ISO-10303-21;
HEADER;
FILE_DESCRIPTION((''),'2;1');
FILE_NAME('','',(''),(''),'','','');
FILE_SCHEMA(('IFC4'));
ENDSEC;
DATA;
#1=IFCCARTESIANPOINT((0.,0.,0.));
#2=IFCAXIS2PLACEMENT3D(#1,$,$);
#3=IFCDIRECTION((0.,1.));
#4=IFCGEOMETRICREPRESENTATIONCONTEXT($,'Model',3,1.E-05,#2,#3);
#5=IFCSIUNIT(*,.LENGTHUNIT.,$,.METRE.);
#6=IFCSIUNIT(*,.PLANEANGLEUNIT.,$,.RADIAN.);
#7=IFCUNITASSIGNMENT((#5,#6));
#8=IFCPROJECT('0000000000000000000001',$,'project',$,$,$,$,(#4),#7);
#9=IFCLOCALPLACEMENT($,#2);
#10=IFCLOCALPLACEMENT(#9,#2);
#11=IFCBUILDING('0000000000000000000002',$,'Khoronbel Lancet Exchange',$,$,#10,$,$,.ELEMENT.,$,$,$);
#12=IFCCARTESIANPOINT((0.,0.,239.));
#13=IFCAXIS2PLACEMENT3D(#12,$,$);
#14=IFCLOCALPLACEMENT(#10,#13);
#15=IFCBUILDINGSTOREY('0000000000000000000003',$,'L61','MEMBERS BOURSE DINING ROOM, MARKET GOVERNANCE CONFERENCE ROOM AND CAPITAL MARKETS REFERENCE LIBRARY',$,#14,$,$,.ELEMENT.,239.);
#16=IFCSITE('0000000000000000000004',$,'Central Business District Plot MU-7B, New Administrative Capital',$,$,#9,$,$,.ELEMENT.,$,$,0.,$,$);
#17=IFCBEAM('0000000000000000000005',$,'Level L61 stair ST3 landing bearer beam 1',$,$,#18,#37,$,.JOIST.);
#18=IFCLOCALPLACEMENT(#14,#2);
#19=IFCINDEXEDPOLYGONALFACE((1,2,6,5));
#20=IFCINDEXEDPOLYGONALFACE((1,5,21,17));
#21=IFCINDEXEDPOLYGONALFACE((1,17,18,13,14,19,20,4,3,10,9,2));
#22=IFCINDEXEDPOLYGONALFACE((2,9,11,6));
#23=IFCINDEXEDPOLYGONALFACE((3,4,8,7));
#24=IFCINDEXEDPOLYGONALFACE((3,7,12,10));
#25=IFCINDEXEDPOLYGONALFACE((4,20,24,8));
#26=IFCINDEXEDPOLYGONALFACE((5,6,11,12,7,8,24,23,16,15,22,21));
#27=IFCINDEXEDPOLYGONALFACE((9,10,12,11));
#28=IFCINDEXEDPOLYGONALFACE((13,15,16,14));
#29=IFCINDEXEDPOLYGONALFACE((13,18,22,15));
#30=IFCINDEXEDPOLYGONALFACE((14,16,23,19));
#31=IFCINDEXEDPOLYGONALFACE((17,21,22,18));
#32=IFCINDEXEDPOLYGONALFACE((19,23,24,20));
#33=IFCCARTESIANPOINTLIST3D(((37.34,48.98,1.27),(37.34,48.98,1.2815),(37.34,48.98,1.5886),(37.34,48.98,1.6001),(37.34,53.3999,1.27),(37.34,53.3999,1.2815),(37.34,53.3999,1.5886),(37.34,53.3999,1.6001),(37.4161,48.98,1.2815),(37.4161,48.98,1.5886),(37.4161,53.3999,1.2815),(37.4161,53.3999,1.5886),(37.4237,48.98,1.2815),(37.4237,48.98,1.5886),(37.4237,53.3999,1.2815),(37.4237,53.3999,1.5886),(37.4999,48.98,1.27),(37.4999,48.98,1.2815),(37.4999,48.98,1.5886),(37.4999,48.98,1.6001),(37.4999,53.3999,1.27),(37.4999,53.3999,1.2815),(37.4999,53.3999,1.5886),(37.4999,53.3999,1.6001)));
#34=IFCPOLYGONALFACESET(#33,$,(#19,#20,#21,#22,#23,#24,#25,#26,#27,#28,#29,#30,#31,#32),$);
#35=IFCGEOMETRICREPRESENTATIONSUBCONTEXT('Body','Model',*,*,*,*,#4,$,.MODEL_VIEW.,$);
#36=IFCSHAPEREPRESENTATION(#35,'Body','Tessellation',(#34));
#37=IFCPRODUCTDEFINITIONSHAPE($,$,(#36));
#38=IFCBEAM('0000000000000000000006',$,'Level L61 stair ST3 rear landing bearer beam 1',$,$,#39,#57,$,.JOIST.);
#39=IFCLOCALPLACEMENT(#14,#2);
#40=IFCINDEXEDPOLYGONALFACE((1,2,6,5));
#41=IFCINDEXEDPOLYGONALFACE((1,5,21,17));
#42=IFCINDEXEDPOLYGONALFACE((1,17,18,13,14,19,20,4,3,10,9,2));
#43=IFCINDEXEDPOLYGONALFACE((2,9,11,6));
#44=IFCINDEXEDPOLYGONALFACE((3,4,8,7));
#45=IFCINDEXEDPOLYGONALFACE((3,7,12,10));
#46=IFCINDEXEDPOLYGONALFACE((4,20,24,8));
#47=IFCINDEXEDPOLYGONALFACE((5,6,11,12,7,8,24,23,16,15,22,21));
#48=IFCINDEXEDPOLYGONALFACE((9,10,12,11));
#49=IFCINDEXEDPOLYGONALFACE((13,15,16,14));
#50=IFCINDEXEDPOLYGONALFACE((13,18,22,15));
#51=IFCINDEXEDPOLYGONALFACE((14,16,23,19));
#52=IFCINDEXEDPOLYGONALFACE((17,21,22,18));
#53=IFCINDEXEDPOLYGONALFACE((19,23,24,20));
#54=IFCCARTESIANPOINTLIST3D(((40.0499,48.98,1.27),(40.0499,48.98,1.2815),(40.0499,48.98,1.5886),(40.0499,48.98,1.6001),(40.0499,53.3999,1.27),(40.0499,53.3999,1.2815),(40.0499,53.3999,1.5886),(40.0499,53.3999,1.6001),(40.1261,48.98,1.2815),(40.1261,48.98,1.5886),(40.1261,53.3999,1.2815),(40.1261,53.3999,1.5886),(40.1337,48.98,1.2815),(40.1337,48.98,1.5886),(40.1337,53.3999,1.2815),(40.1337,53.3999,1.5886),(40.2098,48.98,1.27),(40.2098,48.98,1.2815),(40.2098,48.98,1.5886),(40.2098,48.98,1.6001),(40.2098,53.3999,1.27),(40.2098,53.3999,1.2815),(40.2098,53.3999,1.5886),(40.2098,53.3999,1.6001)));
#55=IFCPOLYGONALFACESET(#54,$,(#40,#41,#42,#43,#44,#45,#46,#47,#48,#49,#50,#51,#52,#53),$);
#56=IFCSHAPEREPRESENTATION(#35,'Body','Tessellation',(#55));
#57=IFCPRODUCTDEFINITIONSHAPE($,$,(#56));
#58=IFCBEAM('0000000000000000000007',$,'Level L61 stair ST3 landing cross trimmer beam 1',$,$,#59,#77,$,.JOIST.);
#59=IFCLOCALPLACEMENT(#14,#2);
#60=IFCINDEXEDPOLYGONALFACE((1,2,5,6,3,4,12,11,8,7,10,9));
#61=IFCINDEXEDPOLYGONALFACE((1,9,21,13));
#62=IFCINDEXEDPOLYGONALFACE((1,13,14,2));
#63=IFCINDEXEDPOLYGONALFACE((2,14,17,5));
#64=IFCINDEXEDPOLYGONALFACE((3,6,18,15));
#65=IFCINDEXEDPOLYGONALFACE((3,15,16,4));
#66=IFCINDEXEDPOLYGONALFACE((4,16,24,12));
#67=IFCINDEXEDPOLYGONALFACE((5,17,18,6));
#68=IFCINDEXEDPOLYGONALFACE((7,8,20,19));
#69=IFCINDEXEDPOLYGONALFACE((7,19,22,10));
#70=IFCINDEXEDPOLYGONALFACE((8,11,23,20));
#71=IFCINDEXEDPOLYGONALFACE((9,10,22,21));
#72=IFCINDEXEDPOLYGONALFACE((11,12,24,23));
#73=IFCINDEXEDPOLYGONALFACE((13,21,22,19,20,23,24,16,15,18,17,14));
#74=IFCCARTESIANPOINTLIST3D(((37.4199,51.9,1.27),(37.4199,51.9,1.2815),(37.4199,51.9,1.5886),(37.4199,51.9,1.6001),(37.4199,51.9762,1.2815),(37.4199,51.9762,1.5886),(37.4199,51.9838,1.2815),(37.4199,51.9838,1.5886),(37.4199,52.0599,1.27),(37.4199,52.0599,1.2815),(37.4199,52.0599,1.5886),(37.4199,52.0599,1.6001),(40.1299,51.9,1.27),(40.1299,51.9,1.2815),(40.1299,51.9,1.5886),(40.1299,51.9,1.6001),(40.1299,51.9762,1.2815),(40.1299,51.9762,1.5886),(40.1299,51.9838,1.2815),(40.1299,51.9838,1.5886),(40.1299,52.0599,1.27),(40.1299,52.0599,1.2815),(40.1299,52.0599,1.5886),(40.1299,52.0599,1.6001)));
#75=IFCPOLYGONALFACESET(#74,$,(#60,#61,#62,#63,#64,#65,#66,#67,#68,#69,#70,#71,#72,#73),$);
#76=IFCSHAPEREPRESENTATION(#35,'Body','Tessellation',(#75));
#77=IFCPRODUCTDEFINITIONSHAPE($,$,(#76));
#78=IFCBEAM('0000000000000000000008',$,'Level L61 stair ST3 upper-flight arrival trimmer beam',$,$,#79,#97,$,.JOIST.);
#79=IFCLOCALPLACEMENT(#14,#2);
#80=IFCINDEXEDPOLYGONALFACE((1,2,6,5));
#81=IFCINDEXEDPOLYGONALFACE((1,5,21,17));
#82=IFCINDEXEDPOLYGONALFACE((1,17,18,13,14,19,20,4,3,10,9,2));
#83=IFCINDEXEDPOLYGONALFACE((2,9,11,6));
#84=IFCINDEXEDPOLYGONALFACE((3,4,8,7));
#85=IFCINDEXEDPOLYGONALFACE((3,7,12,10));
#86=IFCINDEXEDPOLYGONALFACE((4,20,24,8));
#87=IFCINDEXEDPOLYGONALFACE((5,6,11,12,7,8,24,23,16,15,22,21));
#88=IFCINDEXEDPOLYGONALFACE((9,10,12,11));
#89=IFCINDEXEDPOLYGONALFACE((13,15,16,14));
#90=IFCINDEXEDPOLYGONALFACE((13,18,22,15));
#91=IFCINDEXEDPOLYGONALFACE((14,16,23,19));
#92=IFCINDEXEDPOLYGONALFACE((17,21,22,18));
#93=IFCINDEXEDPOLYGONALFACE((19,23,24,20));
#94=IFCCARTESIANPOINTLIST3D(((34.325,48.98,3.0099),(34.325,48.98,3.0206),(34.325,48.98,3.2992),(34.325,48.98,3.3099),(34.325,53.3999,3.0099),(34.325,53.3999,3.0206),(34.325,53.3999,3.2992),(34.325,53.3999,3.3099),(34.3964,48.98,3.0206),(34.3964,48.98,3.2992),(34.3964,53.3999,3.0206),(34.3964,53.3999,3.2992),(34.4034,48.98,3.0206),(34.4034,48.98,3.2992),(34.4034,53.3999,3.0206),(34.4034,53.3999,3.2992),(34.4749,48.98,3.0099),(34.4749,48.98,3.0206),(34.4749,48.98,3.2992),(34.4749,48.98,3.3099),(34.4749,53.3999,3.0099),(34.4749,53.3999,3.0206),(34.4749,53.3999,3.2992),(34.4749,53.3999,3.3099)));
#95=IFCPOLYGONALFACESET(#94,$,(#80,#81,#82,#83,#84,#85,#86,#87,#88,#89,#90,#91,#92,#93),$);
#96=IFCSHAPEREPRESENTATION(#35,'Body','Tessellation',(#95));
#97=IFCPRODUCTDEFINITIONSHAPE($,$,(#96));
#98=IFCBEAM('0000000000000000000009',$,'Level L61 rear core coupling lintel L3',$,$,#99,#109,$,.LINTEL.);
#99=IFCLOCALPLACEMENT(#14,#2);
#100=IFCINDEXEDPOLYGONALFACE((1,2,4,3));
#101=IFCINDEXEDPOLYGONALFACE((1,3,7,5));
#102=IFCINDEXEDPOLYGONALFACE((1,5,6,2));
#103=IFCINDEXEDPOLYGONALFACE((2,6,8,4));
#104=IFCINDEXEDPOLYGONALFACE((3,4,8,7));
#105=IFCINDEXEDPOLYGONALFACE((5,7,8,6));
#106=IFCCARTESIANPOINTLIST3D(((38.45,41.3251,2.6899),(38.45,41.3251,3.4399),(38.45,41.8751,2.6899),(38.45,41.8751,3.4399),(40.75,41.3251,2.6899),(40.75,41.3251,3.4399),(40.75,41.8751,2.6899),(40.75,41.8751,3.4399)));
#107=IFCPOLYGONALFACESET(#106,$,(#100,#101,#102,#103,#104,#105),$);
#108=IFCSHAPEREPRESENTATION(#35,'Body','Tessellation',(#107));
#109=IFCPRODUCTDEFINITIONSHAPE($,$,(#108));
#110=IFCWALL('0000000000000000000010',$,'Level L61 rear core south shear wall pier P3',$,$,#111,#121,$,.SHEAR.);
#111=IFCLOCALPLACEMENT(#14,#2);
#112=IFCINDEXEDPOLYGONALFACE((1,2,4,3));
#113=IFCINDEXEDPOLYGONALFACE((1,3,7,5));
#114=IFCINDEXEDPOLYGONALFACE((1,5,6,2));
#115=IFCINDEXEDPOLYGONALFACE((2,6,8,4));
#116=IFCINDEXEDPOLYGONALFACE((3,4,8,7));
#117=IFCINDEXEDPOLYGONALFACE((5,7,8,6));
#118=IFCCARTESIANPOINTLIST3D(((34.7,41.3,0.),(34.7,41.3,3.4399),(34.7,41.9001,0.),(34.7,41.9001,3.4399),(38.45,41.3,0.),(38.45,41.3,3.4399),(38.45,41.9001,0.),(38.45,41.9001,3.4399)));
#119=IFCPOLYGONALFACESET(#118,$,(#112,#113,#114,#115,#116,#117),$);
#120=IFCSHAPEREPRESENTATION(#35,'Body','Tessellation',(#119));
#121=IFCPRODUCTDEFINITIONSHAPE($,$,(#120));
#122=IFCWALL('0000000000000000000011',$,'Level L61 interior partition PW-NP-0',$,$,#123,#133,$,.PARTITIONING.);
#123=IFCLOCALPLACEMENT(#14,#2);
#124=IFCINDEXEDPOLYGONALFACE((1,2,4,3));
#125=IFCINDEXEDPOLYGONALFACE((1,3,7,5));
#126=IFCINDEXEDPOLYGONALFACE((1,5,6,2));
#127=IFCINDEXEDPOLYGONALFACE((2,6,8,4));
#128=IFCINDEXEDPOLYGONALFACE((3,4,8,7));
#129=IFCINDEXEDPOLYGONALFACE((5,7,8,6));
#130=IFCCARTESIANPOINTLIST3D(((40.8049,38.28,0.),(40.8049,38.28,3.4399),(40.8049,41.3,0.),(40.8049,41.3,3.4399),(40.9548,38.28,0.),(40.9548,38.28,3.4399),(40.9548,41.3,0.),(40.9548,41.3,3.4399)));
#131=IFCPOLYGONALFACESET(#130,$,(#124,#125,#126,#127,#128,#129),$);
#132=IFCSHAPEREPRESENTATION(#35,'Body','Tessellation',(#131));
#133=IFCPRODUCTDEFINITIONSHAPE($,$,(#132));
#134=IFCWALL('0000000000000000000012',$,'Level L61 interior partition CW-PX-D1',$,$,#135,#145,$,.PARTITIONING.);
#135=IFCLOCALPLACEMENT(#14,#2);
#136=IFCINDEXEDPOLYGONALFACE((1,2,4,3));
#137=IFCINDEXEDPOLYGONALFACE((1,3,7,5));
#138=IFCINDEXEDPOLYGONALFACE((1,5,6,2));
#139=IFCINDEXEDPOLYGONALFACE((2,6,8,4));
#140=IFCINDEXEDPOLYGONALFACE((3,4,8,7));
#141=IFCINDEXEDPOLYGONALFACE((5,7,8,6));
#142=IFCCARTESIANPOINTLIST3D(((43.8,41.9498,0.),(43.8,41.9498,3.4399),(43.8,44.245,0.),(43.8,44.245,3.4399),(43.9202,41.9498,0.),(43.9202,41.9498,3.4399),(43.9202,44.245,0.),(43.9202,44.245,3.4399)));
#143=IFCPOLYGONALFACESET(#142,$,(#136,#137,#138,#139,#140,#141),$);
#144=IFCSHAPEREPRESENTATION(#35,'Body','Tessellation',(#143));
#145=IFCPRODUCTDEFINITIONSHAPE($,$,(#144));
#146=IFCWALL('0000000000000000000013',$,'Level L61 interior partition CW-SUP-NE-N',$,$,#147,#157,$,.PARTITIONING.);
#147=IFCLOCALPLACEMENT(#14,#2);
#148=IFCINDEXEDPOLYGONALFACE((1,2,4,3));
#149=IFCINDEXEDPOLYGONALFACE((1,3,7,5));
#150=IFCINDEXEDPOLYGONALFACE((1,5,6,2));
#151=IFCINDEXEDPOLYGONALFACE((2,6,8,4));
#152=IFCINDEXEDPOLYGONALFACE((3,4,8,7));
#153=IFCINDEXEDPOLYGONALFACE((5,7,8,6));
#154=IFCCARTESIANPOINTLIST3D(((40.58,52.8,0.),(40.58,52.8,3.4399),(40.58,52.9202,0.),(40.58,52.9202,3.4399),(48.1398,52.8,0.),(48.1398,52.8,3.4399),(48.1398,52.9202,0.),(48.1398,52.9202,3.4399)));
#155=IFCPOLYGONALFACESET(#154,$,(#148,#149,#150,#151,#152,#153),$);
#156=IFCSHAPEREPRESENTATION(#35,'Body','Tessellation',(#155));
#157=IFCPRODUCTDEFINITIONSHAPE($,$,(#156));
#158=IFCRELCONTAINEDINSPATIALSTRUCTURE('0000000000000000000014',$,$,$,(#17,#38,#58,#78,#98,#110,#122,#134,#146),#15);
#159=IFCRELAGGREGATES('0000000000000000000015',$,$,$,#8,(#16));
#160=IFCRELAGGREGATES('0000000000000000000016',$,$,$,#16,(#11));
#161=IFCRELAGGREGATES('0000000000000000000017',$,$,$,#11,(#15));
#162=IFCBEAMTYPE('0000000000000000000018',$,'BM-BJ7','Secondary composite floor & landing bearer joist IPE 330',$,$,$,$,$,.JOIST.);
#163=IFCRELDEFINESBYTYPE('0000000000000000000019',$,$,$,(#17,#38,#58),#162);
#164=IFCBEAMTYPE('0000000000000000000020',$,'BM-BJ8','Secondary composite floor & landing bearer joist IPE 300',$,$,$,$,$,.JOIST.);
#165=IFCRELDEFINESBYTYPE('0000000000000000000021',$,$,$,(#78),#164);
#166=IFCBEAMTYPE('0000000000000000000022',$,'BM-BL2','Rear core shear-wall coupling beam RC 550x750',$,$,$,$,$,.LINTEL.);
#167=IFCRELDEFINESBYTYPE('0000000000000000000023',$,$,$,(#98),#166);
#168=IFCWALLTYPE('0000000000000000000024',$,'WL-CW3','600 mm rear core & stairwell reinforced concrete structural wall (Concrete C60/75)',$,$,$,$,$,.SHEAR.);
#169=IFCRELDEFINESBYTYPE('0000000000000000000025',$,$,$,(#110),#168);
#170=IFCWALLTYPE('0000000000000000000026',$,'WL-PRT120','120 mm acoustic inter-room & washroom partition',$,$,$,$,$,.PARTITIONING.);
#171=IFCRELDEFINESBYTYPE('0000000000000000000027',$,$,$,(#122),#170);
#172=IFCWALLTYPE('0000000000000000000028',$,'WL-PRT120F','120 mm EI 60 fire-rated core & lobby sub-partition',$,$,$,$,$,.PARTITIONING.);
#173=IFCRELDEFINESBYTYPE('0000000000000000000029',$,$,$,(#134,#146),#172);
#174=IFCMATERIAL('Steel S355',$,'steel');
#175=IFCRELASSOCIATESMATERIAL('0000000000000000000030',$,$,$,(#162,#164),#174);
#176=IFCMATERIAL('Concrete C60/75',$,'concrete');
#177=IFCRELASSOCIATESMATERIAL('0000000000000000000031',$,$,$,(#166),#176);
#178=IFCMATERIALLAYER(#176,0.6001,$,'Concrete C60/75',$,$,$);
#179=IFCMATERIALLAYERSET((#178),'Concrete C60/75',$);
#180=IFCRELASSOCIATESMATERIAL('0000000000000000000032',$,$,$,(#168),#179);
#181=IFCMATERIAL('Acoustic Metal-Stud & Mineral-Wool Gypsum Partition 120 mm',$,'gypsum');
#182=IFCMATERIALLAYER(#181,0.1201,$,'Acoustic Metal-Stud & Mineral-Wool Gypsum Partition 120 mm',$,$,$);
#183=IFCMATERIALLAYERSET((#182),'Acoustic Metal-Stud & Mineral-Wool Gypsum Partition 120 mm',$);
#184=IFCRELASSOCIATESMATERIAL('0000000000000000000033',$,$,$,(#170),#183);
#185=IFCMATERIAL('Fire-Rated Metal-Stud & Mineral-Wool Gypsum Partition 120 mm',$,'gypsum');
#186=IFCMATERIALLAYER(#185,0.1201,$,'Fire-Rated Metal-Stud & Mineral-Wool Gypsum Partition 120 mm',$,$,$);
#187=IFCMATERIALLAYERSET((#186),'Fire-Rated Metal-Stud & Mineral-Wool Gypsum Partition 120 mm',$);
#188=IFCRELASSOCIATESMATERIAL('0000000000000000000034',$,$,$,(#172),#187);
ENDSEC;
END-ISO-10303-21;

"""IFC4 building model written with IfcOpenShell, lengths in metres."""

from ifc_helpers import new_model, si_unit, direction, frame, frame_2d, origin, origin_2d, place, context, subcontext, project, spatial, rectangle, i_section, extrude, material, layer, layer_set, material_profile, profile_set, type_object, element, save


model = new_model("IFC4")

# Units and contexts
model_context = context("Model", 3, precision=1e-05, world=origin(), true_north=direction((0.0, 1.0)))
body_context = subcontext(model_context, "Body", "Model", "MODEL_VIEW")
ifc_project = project(units=[si_unit("LENGTHUNIT", "METRE"), si_unit("PLANEANGLEUNIT", "RADIAN")], contexts=[model_context])

# Site, building, storey
site_placement = place(None, origin())
site = spatial("IfcSite", under=ifc_project, at=site_placement, Name="Central Business District Plot MU-7B, New Administrative Capital", CompositionType="ELEMENT", RefElevation=0.0)
building_placement = place(site_placement, origin())
building = spatial("IfcBuilding", under=site, at=building_placement, Name="Khoronbel Lancet Exchange", CompositionType="ELEMENT")
storey_placement = place(building_placement, frame((0.0, 0.0, 239.0)))
storey = spatial("IfcBuildingStorey", under=building, at=storey_placement, Name="L61", Description="MEMBERS BOURSE DINING ROOM, MARKET GOVERNANCE CONFERENCE ROOM AND CAPITAL MARKETS REFERENCE LIBRARY", CompositionType="ELEMENT", Elevation=239.0)

# Beams
ifc_material_1 = material(Name="Steel S355", Category="steel")
ifc_material_profile_1 = material_profile(ifc_material_1, i_section(OverallWidth=0.1599, OverallDepth=0.3301, WebThickness=0.0076, FlangeThickness=0.0115, at=origin_2d()), Name="IPE 330")
ifc_profile_set_1 = profile_set([ifc_material_profile_1], Name="Steel S355")
beam_type_1 = type_object("IfcBeamType", Name="BM-BJ7", Description="Secondary composite floor & landing bearer joist IPE 330", PredefinedType="JOIST", material=ifc_profile_set_1)
for number, where, z_axis, x_axis, name in (
    (1, (37.4199, 48.98, 1.4351), (0.0, 1.0, 0.0), (-1.0, 0.0, 0.0), "Level L61 stair ST3 landing bearer beam 1"),
    (2, (40.1299, 48.98, 1.4351), (0.0, 1.0, 0.0), (-1.0, 0.0, 0.0), "Level L61 stair ST3 rear landing bearer beam 1"),
):
    element("IfcBeam", number, at=place(storey_placement, frame(where, z_axis=z_axis, x_axis=x_axis)), inside=storey, type_object=beam_type_1, Name=name, PredefinedType="JOIST", context=body_context, shape_type="SweptSolid", body=[
        extrude(i_section(OverallWidth=0.1599, OverallDepth=0.3301, WebThickness=0.0076, FlangeThickness=0.0115, at=origin_2d()), origin(), (0.0, 0.0, 1.0), 4.4199),
    ])
beam_1_placement = place(storey_placement, frame((37.4199, 51.98, 1.4351), z_axis=(1.0, 0.0, 0.0), x_axis=(0.0, 1.0, 0.0)))
element("IfcBeam", 3, at=beam_1_placement, inside=storey, type_object=beam_type_1, Name="Level L61 stair ST3 landing cross trimmer beam 1", PredefinedType="JOIST", context=body_context, shape_type="SweptSolid", body=[
    extrude(i_section(OverallWidth=0.1599, OverallDepth=0.3301, WebThickness=0.0076, FlangeThickness=0.0115, at=origin_2d()), origin(), (0.0, 0.0, 1.0), 2.71),
])
ifc_material_profile_2 = material_profile(ifc_material_1, i_section(OverallWidth=0.1499, OverallDepth=0.3, WebThickness=0.0071, FlangeThickness=0.0107, at=origin_2d()), Name="IPE 300")
ifc_profile_set_2 = profile_set([ifc_material_profile_2], Name="Steel S355")
beam_type_2 = type_object("IfcBeamType", Name="BM-BJ8", Description="Secondary composite floor & landing bearer joist IPE 300", PredefinedType="JOIST", material=ifc_profile_set_2)
beam_2_placement = place(storey_placement, frame((34.3999, 48.98, 3.1599), z_axis=(0.0, 1.0, 0.0), x_axis=(-1.0, 0.0, 0.0)))
element("IfcBeam", 4, at=beam_2_placement, inside=storey, type_object=beam_type_2, Name="Level L61 stair ST3 upper-flight arrival trimmer beam", PredefinedType="JOIST", context=body_context, shape_type="SweptSolid", body=[
    extrude(i_section(OverallWidth=0.1499, OverallDepth=0.3, WebThickness=0.0071, FlangeThickness=0.0107, at=origin_2d()), origin(), (0.0, 0.0, 1.0), 4.4199),
])
ifc_material_2 = material(Name="Concrete C60/75", Category="concrete")
ifc_material_profile_3 = material_profile(ifc_material_2, rectangle(XDim=0.55, YDim=0.75, at=origin_2d()), Name="RC 550x750")
ifc_profile_set_3 = profile_set([ifc_material_profile_3], Name="Concrete C60/75")
beam_type_3 = type_object("IfcBeamType", Name="BM-BL2", Description="Rear core shear-wall coupling beam RC 550x750", PredefinedType="LINTEL", material=ifc_profile_set_3)
beam_3_placement = place(storey_placement, frame((38.45, 41.6001, 3.0649), z_axis=(1.0, 0.0, 0.0), x_axis=(0.0, 1.0, 0.0)))
element("IfcBeam", 5, at=beam_3_placement, inside=storey, type_object=beam_type_3, Name="Level L61 rear core coupling lintel L3", PredefinedType="LINTEL", context=body_context, shape_type="SweptSolid", body=[
    extrude(rectangle(XDim=0.55, YDim=0.75, at=origin_2d()), origin(), (0.0, 0.0, 1.0), 2.3),
])

# Walls
ifc_layer_1 = layer(ifc_material_2, 0.6001, Name="Concrete C60/75")
ifc_layer_set_1 = layer_set([ifc_layer_1], Name="Concrete C60/75")
wall_type_1 = type_object("IfcWallType", Name="WL-CW3", Description="600 mm rear core & stairwell reinforced concrete structural wall (Concrete C60/75)", PredefinedType="SHEAR", material=ifc_layer_set_1)
wall_1_placement = place(storey_placement, frame((38.45, 41.6001, 0.0), z_axis=(0.0, 0.0, 1.0), x_axis=(-1.0, 0.0, 0.0)))
element("IfcWall", 6, at=wall_1_placement, inside=storey, type_object=wall_type_1, Name="Level L61 rear core south shear wall pier P3", PredefinedType="SHEAR", context=body_context, shape_type="SweptSolid", body=[
    extrude(rectangle(XDim=3.75, YDim=0.6001, at=frame_2d((1.875, 0.0))), origin(), (0.0, 0.0, 1.0), 3.4399),
])
ifc_material_3 = material(Name="Acoustic Metal-Stud & Mineral-Wool Gypsum Partition 120 mm", Category="gypsum")
ifc_layer_2 = layer(ifc_material_3, 0.1201, Name="Acoustic Metal-Stud & Mineral-Wool Gypsum Partition 120 mm")
ifc_layer_set_2 = layer_set([ifc_layer_2], Name="Acoustic Metal-Stud & Mineral-Wool Gypsum Partition 120 mm")
wall_type_2 = type_object("IfcWallType", Name="WL-PRT120", Description="120 mm acoustic inter-room & washroom partition", PredefinedType="PARTITIONING", material=ifc_layer_set_2)
wall_2_placement = place(storey_placement, frame((40.8799, 38.28, 0.0), z_axis=(0.0, 0.0, 1.0), x_axis=(0.0, 1.0, 0.0)))
element("IfcWall", 7, at=wall_2_placement, inside=storey, type_object=wall_type_2, Name="Level L61 interior partition PW-NP-0", PredefinedType="PARTITIONING", context=body_context, shape_type="SweptSolid", body=[
    extrude(rectangle(XDim=3.02, YDim=0.1499, at=frame_2d((1.51, 0.0))), origin(), (0.0, 0.0, 1.0), 3.4399),
])
ifc_material_4 = material(Name="Fire-Rated Metal-Stud & Mineral-Wool Gypsum Partition 120 mm", Category="gypsum")
ifc_layer_3 = layer(ifc_material_4, 0.1201, Name="Fire-Rated Metal-Stud & Mineral-Wool Gypsum Partition 120 mm")
ifc_layer_set_3 = layer_set([ifc_layer_3], Name="Fire-Rated Metal-Stud & Mineral-Wool Gypsum Partition 120 mm")
wall_type_3 = type_object("IfcWallType", Name="WL-PRT120F", Description="120 mm EI 60 fire-rated core & lobby sub-partition", PredefinedType="PARTITIONING", material=ifc_layer_set_3)
wall_3_placement = place(storey_placement, frame((43.8601, 41.95, 0.0), z_axis=(0.0, 0.0, 1.0), x_axis=(0.0, 1.0, 0.0)))
element("IfcWall", 8, at=wall_3_placement, inside=storey, type_object=wall_type_3, Name="Level L61 interior partition CW-PX-D1", PredefinedType="PARTITIONING", context=body_context, shape_type="SweptSolid", body=[
    extrude(rectangle(XDim=2.2952, YDim=0.1201, at=frame_2d((1.1475, 0.0))), origin(), (0.0, 0.0, 1.0), 3.4399),
])
wall_4_placement = place(storey_placement, frame((40.5801, 52.8601, 0.0), z_axis=(0.0, 0.0, 1.0), x_axis=(1.0, 0.0, 0.0)))
element("IfcWall", 9, at=wall_4_placement, inside=storey, type_object=wall_type_3, Name="Level L61 interior partition CW-SUP-NE-N", PredefinedType="PARTITIONING", context=body_context, shape_type="SweptSolid", body=[
    extrude(rectangle(XDim=7.5598, YDim=0.1201, at=frame_2d((3.7798, 0.0))), origin(), (0.0, 0.0, 1.0), 3.4399),
])

save(model, "model.ifc")
